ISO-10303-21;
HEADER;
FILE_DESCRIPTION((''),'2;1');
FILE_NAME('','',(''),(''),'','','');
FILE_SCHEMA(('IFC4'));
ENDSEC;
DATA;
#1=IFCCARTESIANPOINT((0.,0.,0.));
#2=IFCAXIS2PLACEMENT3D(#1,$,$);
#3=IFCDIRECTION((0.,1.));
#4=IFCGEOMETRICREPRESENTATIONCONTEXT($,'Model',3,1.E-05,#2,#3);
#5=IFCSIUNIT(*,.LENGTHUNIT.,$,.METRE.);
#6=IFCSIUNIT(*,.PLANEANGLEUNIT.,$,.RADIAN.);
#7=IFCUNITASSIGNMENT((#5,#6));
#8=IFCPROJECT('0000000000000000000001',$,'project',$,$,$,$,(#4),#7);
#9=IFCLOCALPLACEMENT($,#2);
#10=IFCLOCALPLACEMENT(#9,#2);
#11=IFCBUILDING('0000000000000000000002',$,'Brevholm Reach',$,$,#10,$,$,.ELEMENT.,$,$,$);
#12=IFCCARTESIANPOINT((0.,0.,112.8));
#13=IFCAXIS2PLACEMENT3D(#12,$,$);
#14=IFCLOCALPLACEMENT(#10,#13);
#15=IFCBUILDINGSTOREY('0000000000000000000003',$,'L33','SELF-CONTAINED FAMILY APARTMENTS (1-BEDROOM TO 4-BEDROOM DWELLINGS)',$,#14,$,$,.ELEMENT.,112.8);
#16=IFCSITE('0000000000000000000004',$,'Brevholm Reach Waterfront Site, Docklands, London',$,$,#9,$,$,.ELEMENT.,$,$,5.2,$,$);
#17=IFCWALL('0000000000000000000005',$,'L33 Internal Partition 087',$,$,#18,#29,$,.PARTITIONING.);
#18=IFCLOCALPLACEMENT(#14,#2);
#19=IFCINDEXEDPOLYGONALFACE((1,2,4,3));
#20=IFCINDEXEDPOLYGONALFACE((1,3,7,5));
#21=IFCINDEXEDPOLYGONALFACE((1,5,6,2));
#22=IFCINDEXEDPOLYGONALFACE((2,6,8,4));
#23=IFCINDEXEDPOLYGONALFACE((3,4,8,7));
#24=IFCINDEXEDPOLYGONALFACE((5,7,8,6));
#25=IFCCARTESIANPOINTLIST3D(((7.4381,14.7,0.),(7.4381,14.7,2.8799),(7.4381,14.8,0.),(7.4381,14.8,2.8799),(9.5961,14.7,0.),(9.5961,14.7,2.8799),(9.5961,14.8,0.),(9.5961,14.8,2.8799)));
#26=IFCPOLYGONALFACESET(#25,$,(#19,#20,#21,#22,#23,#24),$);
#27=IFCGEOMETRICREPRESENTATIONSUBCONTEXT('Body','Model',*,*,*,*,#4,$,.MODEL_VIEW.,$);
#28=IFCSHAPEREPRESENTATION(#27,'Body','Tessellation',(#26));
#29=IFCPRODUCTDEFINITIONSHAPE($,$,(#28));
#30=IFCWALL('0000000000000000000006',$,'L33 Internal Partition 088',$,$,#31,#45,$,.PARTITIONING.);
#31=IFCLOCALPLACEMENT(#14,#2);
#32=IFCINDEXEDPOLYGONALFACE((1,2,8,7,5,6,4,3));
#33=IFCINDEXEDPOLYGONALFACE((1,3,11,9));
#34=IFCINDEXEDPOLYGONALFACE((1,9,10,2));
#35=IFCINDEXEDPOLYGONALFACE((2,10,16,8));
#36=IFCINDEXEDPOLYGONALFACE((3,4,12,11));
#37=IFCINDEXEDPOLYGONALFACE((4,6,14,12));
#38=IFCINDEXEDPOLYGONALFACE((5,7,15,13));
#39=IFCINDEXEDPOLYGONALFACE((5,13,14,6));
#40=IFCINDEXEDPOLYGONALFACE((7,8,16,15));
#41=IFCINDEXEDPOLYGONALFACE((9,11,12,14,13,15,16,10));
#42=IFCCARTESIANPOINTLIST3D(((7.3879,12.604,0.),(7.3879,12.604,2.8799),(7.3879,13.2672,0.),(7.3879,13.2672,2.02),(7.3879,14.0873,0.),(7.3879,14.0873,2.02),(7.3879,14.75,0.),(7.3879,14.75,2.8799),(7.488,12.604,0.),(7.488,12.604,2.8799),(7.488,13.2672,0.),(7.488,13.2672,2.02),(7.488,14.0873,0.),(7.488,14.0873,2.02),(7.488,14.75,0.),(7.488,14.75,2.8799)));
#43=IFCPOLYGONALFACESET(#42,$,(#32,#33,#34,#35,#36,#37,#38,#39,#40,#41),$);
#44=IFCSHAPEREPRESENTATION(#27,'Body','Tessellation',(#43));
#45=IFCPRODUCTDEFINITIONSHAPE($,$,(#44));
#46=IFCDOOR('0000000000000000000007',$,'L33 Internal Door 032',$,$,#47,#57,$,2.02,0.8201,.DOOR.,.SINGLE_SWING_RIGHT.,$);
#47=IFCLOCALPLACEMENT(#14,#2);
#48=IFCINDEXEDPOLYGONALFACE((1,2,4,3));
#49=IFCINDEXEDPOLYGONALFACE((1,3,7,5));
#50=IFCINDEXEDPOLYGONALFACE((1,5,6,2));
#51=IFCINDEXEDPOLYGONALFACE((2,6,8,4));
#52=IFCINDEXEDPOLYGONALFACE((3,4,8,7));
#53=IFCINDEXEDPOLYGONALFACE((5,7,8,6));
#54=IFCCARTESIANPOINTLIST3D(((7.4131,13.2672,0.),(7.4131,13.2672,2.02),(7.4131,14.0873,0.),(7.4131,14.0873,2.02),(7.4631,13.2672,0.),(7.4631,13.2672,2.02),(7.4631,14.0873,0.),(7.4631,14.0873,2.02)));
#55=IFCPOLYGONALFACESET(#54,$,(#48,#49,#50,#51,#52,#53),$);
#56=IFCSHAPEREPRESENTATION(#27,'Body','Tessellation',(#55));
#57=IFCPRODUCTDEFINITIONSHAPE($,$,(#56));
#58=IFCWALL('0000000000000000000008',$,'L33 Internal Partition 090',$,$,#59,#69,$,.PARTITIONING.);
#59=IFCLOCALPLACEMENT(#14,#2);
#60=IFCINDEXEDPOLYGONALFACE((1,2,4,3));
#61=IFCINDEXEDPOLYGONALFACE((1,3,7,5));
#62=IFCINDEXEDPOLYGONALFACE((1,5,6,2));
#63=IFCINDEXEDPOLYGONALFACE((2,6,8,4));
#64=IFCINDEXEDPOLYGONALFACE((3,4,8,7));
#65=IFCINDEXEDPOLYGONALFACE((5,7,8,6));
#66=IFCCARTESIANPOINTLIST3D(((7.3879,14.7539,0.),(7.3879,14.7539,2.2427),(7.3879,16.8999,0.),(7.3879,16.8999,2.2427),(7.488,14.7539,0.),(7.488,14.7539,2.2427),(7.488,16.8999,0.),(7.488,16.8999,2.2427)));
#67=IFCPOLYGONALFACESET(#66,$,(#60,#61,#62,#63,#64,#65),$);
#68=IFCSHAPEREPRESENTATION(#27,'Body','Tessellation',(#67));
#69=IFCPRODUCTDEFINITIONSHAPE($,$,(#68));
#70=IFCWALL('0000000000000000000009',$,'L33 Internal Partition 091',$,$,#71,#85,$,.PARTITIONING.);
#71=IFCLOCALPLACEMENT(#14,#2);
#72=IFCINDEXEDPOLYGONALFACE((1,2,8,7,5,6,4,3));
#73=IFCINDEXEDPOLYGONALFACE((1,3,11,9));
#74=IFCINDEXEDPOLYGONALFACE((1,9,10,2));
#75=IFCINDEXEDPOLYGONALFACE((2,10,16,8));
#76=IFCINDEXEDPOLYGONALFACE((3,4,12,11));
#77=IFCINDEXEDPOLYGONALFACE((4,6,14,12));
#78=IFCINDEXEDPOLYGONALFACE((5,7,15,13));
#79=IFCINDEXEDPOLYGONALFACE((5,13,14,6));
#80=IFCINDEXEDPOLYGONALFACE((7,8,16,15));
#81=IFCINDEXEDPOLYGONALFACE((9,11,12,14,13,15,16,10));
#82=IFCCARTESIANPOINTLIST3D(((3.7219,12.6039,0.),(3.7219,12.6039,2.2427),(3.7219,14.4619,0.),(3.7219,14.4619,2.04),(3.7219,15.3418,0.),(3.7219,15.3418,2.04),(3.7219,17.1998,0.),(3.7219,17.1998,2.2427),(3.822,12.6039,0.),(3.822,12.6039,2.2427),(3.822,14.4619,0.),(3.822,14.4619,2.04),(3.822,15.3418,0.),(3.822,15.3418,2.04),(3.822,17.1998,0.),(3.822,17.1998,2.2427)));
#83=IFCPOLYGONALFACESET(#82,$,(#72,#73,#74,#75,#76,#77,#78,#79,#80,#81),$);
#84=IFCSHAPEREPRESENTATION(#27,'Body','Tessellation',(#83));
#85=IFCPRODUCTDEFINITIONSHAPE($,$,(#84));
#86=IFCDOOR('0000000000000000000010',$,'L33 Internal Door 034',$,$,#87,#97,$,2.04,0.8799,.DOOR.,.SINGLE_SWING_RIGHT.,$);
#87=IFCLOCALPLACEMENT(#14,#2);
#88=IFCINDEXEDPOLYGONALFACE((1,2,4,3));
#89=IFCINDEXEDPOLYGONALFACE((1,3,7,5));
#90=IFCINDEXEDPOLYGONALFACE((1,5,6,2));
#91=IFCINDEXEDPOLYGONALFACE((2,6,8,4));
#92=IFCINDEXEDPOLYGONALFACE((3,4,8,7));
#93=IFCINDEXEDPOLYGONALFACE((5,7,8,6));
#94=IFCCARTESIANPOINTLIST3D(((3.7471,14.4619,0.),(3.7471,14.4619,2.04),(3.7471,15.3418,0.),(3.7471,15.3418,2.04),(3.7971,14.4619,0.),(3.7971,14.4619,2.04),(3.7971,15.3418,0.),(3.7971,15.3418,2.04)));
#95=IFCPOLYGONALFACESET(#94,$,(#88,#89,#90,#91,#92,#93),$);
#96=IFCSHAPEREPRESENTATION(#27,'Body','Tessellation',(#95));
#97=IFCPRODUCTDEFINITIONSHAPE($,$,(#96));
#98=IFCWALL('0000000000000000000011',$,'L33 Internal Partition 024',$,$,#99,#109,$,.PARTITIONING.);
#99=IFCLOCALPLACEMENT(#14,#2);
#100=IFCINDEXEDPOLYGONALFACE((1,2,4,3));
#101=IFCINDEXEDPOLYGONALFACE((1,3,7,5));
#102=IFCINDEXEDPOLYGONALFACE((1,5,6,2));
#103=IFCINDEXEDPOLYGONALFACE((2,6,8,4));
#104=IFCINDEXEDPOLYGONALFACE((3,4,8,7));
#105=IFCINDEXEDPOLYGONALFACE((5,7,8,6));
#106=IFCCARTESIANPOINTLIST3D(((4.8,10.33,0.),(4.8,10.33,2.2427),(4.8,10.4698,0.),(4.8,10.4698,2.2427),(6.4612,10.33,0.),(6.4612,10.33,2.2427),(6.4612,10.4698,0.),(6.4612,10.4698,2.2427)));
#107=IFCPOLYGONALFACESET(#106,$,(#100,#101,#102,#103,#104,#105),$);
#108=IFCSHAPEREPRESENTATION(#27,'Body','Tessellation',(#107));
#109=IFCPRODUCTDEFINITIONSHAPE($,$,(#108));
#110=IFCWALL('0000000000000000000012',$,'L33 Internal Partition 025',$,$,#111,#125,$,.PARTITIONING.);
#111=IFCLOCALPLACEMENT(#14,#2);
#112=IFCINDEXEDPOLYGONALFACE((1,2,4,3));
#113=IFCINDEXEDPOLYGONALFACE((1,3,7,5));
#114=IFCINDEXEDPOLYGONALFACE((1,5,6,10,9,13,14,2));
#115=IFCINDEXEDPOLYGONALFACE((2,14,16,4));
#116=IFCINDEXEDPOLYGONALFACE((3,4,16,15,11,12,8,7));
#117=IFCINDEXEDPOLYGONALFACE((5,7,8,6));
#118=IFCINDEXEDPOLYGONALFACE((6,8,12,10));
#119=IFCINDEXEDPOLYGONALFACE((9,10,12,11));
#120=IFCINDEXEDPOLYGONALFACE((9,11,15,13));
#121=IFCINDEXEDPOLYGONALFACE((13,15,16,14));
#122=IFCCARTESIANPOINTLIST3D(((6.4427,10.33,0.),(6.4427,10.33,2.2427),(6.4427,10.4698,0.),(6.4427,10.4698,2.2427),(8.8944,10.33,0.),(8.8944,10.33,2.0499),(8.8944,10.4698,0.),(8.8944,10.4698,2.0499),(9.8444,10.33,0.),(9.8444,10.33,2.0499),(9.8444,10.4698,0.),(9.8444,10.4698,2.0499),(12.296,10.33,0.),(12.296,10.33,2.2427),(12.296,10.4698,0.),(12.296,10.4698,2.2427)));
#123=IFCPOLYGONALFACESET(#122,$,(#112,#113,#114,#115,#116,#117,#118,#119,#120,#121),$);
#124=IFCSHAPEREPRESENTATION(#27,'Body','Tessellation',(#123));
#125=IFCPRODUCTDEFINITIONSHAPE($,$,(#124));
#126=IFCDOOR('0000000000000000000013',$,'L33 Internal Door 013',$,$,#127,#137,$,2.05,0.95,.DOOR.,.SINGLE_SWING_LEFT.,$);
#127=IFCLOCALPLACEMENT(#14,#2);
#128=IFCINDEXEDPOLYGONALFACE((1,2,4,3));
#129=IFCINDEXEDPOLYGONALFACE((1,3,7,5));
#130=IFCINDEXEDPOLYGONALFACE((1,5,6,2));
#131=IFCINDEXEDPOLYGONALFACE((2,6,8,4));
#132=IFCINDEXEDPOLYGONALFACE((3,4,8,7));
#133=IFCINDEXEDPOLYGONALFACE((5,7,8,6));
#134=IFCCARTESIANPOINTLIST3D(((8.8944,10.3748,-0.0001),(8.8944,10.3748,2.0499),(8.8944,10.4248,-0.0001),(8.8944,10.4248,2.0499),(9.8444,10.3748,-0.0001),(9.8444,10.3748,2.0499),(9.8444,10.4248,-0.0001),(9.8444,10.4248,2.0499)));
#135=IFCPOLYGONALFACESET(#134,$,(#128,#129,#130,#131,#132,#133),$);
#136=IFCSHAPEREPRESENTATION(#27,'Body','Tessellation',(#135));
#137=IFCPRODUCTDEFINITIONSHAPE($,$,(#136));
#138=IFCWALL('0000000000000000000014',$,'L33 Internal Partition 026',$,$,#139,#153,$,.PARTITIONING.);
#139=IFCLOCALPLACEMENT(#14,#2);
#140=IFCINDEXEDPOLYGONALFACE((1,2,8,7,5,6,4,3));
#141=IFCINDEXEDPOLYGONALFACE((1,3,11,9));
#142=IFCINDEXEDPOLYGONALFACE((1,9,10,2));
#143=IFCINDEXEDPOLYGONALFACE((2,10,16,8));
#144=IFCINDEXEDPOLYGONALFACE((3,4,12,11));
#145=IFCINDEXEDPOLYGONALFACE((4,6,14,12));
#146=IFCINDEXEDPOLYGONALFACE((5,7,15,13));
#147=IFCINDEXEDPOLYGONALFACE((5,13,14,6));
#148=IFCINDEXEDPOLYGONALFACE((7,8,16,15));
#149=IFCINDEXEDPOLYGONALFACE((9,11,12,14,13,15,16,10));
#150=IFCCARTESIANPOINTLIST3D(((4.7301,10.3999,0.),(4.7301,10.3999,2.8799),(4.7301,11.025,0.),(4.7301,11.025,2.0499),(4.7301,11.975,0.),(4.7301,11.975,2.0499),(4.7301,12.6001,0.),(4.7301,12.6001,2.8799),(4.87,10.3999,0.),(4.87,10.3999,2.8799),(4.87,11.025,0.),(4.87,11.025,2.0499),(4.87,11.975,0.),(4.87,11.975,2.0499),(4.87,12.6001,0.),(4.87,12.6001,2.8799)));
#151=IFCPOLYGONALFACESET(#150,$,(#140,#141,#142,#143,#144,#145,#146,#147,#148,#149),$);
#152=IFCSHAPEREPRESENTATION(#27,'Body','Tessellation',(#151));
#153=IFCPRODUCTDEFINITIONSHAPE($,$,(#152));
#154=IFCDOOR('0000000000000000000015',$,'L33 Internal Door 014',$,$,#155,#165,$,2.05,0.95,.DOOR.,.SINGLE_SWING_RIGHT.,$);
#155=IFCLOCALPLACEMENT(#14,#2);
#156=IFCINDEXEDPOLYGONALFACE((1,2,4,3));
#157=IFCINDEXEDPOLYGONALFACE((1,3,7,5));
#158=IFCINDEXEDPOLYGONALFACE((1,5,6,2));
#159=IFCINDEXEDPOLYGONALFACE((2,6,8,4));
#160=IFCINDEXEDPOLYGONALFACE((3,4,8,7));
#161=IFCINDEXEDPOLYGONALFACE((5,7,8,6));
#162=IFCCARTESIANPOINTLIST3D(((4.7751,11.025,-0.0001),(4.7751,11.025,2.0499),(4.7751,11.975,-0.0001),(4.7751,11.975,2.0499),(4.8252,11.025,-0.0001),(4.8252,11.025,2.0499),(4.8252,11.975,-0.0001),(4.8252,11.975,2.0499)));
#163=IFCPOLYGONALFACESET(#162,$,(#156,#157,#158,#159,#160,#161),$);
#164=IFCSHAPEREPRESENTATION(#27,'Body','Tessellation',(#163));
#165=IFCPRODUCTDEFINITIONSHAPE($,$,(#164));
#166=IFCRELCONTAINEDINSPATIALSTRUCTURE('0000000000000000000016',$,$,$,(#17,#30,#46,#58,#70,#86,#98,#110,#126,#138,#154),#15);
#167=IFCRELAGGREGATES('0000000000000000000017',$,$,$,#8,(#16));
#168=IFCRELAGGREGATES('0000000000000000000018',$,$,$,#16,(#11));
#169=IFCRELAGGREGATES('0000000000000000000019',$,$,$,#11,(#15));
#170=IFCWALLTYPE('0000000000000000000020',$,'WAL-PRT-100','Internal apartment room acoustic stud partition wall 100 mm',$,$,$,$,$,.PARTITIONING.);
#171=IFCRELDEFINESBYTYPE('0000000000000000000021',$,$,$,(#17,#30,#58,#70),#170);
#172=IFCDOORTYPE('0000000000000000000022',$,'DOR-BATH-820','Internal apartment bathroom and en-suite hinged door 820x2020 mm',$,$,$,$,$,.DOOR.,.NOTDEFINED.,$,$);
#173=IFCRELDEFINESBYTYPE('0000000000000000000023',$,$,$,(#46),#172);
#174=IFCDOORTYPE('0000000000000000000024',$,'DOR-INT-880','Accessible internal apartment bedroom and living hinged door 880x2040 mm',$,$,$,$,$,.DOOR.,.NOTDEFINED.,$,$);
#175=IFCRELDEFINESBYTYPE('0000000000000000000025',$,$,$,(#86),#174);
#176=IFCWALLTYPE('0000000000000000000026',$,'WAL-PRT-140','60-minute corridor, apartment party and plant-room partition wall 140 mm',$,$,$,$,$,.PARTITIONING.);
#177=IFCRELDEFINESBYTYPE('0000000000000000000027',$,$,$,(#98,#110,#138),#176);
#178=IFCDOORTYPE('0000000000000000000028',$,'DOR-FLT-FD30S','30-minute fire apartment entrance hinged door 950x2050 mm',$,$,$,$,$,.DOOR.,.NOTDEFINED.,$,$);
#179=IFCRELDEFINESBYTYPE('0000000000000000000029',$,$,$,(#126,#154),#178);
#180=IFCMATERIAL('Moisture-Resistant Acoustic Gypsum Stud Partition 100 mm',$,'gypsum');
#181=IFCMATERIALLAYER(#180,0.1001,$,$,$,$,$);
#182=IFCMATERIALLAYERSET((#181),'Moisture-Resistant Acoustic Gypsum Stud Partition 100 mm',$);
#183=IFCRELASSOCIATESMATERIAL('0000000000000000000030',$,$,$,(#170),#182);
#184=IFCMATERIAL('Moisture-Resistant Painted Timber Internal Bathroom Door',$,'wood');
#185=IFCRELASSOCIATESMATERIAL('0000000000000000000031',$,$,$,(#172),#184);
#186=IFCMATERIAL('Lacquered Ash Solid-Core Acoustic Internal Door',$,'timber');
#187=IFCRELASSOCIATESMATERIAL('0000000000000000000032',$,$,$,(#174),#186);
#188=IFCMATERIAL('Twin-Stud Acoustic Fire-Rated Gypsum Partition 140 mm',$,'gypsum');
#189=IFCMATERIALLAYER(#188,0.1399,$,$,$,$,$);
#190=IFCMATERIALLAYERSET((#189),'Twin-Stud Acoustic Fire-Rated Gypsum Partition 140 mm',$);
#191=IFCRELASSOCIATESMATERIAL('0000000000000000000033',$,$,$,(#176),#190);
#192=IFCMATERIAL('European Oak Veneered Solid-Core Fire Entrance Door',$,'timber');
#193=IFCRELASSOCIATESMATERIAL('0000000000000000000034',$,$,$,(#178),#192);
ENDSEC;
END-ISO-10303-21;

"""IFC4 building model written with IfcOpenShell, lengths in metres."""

from ifc_helpers import new_model, si_unit, direction, frame, frame_2d, origin, place, context, subcontext, project, spatial, rectangle, extrude, material, layer, layer_set, type_object, element, fill, save


model = new_model("IFC4")

# Units and contexts
model_context = context("Model", 3, precision=1e-05, world=origin(), true_north=direction((0.0, 1.0)))
body_context = subcontext(model_context, "Body", "Model", "MODEL_VIEW")
ifc_project = project(units=[si_unit("LENGTHUNIT", "METRE"), si_unit("PLANEANGLEUNIT", "RADIAN")], contexts=[model_context])

# Site, building, storey
site_placement = place(None, origin())
site = spatial("IfcSite", under=ifc_project, at=site_placement, Name="Brevholm Reach Waterfront Site, Docklands, London", CompositionType="ELEMENT", RefElevation=5.2)
building_placement = place(site_placement, origin())
building = spatial("IfcBuilding", under=site, at=building_placement, Name="Brevholm Reach", CompositionType="ELEMENT")
storey_placement = place(building_placement, frame((0.0, 0.0, 112.8)))
storey = spatial("IfcBuildingStorey", under=building, at=storey_placement, Name="L33", Description="SELF-CONTAINED FAMILY APARTMENTS (1-BEDROOM TO 4-BEDROOM DWELLINGS)", CompositionType="ELEMENT", Elevation=112.8)

# Wall
ifc_material_1 = material(Name="Moisture-Resistant Acoustic Gypsum Stud Partition 100 mm", Category="gypsum")
ifc_layer_1 = layer(ifc_material_1, 0.1001)
ifc_layer_set_1 = layer_set([ifc_layer_1], Name="Moisture-Resistant Acoustic Gypsum Stud Partition 100 mm")
wall_type_1 = type_object("IfcWallType", Name="WAL-PRT-100", Description="Internal apartment room acoustic stud partition wall 100 mm", PredefinedType="PARTITIONING", material=ifc_layer_set_1)
wall_1_placement = place(storey_placement, frame((7.438, 14.75, 0.0), z_axis=(0.0, 0.0, 1.0), x_axis=(1.0, 0.0, 0.0)))
element("IfcWall", 1, at=wall_1_placement, inside=storey, type_object=wall_type_1, Name="L33 Internal Partition 087", PredefinedType="PARTITIONING", context=body_context, shape_type="SweptSolid", body=[
    extrude(rectangle(XDim=2.158, YDim=0.1001, at=frame_2d((1.0791, 0.0))), origin(), (0.0, 0.0, 1.0), 2.8799),
])

# Wall, opening, door
wall_2_placement = place(storey_placement, frame((7.438, 12.604, 0.0), z_axis=(0.0, 0.0, 1.0), x_axis=(0.0, 1.0, 0.0)))
wall_2 = element("IfcWall", 2, at=wall_2_placement, inside=storey, type_object=wall_type_1, Name="L33 Internal Partition 088", PredefinedType="PARTITIONING", context=body_context, shape_type="SweptSolid", body=[
    extrude(rectangle(XDim=2.146, YDim=0.1001, at=frame_2d((1.073, 0.0))), origin(), (0.0, 0.0, 1.0), 2.8799),
])
opening_1_placement = place(wall_2_placement, frame((0.6631, 0.0, 0.0)))
opening_1 = element("IfcOpeningElement", 3, at=opening_1_placement, cuts=wall_2, PredefinedType="OPENING", context=body_context, shape_type="SweptSolid", body=[
    extrude(rectangle(XDim=0.8201, YDim=2.02, at=frame_2d((0.4102, 1.01))), frame((0.0, 0.0601, 0.0), z_axis=(0.0, -1.0, 0.0), x_axis=(1.0, 0.0, 0.0)), (0.0, 0.0, 1.0), 0.1201),
])
ifc_material_2 = material(Name="Moisture-Resistant Painted Timber Internal Bathroom Door", Category="wood")
door_type_1 = type_object("IfcDoorType", Name="DOR-BATH-820", Description="Internal apartment bathroom and en-suite hinged door 820x2020 mm", OperationType="NOTDEFINED", PredefinedType="DOOR", material=ifc_material_2)
door_1_placement = place(opening_1_placement, origin())
door_1 = element("IfcDoor", 4, at=door_1_placement, inside=storey, type_object=door_type_1, Name="L33 Internal Door 032", OperationType="SINGLE_SWING_RIGHT", OverallHeight=2.02, OverallWidth=0.8201, PredefinedType="DOOR", context=body_context, shape_type="SweptSolid", body=[
    extrude(rectangle(XDim=0.8201, YDim=2.02, at=frame_2d((0.4102, 1.01))), frame((0.0, 0.0249, 0.0), z_axis=(0.0, -1.0, 0.0), x_axis=(1.0, 0.0, 0.0)), (0.0, 0.0, 1.0), 0.05),
])
fill(opening_1, door_1)

# Wall
wall_3_placement = place(storey_placement, frame((7.438, 14.7539, 0.0), z_axis=(0.0, 0.0, 1.0), x_axis=(0.0, 1.0, 0.0)))
element("IfcWall", 5, at=wall_3_placement, inside=storey, type_object=wall_type_1, Name="L33 Internal Partition 090", PredefinedType="PARTITIONING", context=body_context, shape_type="SweptSolid", body=[
    extrude(rectangle(XDim=2.146, YDim=0.1001, at=frame_2d((1.073, 0.0))), origin(), (0.0, 0.0, 1.0), 2.2427),
])

# Wall, opening, door
wall_4_placement = place(storey_placement, frame((3.772, 12.604, 0.0), z_axis=(0.0, 0.0, 1.0), x_axis=(0.0, 1.0, 0.0)))
wall_4 = element("IfcWall", 6, at=wall_4_placement, inside=storey, type_object=wall_type_1, Name="L33 Internal Partition 091", PredefinedType="PARTITIONING", context=body_context, shape_type="SweptSolid", body=[
    extrude(rectangle(XDim=4.5959, YDim=0.1001, at=frame_2d((2.2979, 0.0))), origin(), (0.0, 0.0, 1.0), 2.2427),
])
opening_2_placement = place(wall_4_placement, frame((1.8579, 0.0, 0.0)))
opening_2 = element("IfcOpeningElement", 7, at=opening_2_placement, cuts=wall_4, PredefinedType="OPENING", context=body_context, shape_type="SweptSolid", body=[
    extrude(rectangle(XDim=0.8799, YDim=2.04, at=frame_2d((0.4399, 1.02))), frame((0.0, 0.0601, 0.0), z_axis=(0.0, -1.0, 0.0), x_axis=(1.0, 0.0, 0.0)), (0.0, 0.0, 1.0), 0.1201),
])
ifc_material_3 = material(Name="Lacquered Ash Solid-Core Acoustic Internal Door", Category="timber")
door_type_2 = type_object("IfcDoorType", Name="DOR-INT-880", Description="Accessible internal apartment bedroom and living hinged door 880x2040 mm", OperationType="NOTDEFINED", PredefinedType="DOOR", material=ifc_material_3)
door_2_placement = place(opening_2_placement, origin())
door_2 = element("IfcDoor", 8, at=door_2_placement, inside=storey, type_object=door_type_2, Name="L33 Internal Door 034", OperationType="SINGLE_SWING_RIGHT", OverallHeight=2.04, OverallWidth=0.8799, PredefinedType="DOOR", context=body_context, shape_type="SweptSolid", body=[
    extrude(rectangle(XDim=0.8799, YDim=2.04, at=frame_2d((0.4399, 1.02))), frame((0.0, 0.0249, 0.0), z_axis=(0.0, -1.0, 0.0), x_axis=(1.0, 0.0, 0.0)), (0.0, 0.0, 1.0), 0.05),
])
fill(opening_2, door_2)

# Wall
ifc_material_4 = material(Name="Twin-Stud Acoustic Fire-Rated Gypsum Partition 140 mm", Category="gypsum")
ifc_layer_2 = layer(ifc_material_4, 0.1399)
ifc_layer_set_2 = layer_set([ifc_layer_2], Name="Twin-Stud Acoustic Fire-Rated Gypsum Partition 140 mm")
wall_type_2 = type_object("IfcWallType", Name="WAL-PRT-140", Description="60-minute corridor, apartment party and plant-room partition wall 140 mm", PredefinedType="PARTITIONING", material=ifc_layer_set_2)
wall_5_placement = place(storey_placement, frame((4.8, 10.3999, 0.0), z_axis=(0.0, 0.0, 1.0), x_axis=(1.0, 0.0, 0.0)))
element("IfcWall", 9, at=wall_5_placement, inside=storey, type_object=wall_type_2, Name="L33 Internal Partition 024", PredefinedType="PARTITIONING", context=body_context, shape_type="SweptSolid", body=[
    extrude(rectangle(XDim=1.6611, YDim=0.1399, at=frame_2d((0.8306, 0.0))), origin(), (0.0, 0.0, 1.0), 2.2427),
])

# Walls, openings, doors
wall_6_placement = place(storey_placement, frame((6.4426, 10.3999, 0.0), z_axis=(0.0, 0.0, 1.0), x_axis=(1.0, 0.0, 0.0)))
wall_6 = element("IfcWall", 10, at=wall_6_placement, inside=storey, type_object=wall_type_2, Name="L33 Internal Partition 025", PredefinedType="PARTITIONING", context=body_context, shape_type="SweptSolid", body=[
    extrude(rectangle(XDim=5.8533, YDim=0.1399, at=frame_2d((2.9268, 0.0))), origin(), (0.0, 0.0, 1.0), 2.2427),
])
opening_3_placement = place(wall_6_placement, frame((2.4517, 0.0, 0.0)))
opening_3 = element("IfcOpeningElement", 11, at=opening_3_placement, cuts=wall_6, PredefinedType="OPENING", context=body_context, shape_type="SweptSolid", body=[
    extrude(rectangle(XDim=0.95, YDim=2.05, at=frame_2d((0.4751, 1.0249))), frame((0.0, 0.0798, 0.0), z_axis=(0.0, -1.0, 0.0), x_axis=(1.0, 0.0, 0.0)), (0.0, 0.0, 1.0), 0.1599),
])
ifc_material_5 = material(Name="European Oak Veneered Solid-Core Fire Entrance Door", Category="timber")
door_type_3 = type_object("IfcDoorType", Name="DOR-FLT-FD30S", Description="30-minute fire apartment entrance hinged door 950x2050 mm", OperationType="NOTDEFINED", PredefinedType="DOOR", material=ifc_material_5)
door_3_placement = place(opening_3_placement, origin())
door_3 = element("IfcDoor", 12, at=door_3_placement, inside=storey, type_object=door_type_3, Name="L33 Internal Door 013", OperationType="SINGLE_SWING_LEFT", OverallHeight=2.05, OverallWidth=0.95, PredefinedType="DOOR", context=body_context, shape_type="SweptSolid", body=[
    extrude(rectangle(XDim=0.95, YDim=2.05, at=frame_2d((0.4751, 1.0249))), frame((0.0, 0.0249, 0.0), z_axis=(0.0, -1.0, 0.0), x_axis=(1.0, 0.0, 0.0)), (0.0, 0.0, 1.0), 0.05),
])
fill(opening_3, door_3)
wall_7_placement = place(storey_placement, frame((4.8, 10.3999, 0.0), z_axis=(0.0, 0.0, 1.0), x_axis=(0.0, 1.0, 0.0)))
wall_7 = element("IfcWall", 13, at=wall_7_placement, inside=storey, type_object=wall_type_2, Name="L33 Internal Partition 026", PredefinedType="PARTITIONING", context=body_context, shape_type="SweptSolid", body=[
    extrude(rectangle(XDim=2.2002, YDim=0.1399, at=frame_2d((1.1001, 0.0))), origin(), (0.0, 0.0, 1.0), 2.8799),
])
opening_4_placement = place(wall_7_placement, frame((0.625, 0.0, 0.0)))
opening_4 = element("IfcOpeningElement", 14, at=opening_4_placement, cuts=wall_7, PredefinedType="OPENING", context=body_context, shape_type="SweptSolid", body=[
    extrude(rectangle(XDim=0.95, YDim=2.05, at=frame_2d((0.4751, 1.0249))), frame((0.0, 0.0798, 0.0), z_axis=(0.0, -1.0, 0.0), x_axis=(1.0, 0.0, 0.0)), (0.0, 0.0, 1.0), 0.1599),
])
door_4_placement = place(opening_4_placement, origin())
door_4 = element("IfcDoor", 15, at=door_4_placement, inside=storey, type_object=door_type_3, Name="L33 Internal Door 014", OperationType="SINGLE_SWING_RIGHT", OverallHeight=2.05, OverallWidth=0.95, PredefinedType="DOOR", context=body_context, shape_type="SweptSolid", body=[
    extrude(rectangle(XDim=0.95, YDim=2.05, at=frame_2d((0.4751, 1.0249))), frame((0.0, 0.0249, 0.0), z_axis=(0.0, -1.0, 0.0), x_axis=(1.0, 0.0, 0.0)), (0.0, 0.0, 1.0), 0.05),
])
fill(opening_4, door_4)

save(model, "model.ifc")
